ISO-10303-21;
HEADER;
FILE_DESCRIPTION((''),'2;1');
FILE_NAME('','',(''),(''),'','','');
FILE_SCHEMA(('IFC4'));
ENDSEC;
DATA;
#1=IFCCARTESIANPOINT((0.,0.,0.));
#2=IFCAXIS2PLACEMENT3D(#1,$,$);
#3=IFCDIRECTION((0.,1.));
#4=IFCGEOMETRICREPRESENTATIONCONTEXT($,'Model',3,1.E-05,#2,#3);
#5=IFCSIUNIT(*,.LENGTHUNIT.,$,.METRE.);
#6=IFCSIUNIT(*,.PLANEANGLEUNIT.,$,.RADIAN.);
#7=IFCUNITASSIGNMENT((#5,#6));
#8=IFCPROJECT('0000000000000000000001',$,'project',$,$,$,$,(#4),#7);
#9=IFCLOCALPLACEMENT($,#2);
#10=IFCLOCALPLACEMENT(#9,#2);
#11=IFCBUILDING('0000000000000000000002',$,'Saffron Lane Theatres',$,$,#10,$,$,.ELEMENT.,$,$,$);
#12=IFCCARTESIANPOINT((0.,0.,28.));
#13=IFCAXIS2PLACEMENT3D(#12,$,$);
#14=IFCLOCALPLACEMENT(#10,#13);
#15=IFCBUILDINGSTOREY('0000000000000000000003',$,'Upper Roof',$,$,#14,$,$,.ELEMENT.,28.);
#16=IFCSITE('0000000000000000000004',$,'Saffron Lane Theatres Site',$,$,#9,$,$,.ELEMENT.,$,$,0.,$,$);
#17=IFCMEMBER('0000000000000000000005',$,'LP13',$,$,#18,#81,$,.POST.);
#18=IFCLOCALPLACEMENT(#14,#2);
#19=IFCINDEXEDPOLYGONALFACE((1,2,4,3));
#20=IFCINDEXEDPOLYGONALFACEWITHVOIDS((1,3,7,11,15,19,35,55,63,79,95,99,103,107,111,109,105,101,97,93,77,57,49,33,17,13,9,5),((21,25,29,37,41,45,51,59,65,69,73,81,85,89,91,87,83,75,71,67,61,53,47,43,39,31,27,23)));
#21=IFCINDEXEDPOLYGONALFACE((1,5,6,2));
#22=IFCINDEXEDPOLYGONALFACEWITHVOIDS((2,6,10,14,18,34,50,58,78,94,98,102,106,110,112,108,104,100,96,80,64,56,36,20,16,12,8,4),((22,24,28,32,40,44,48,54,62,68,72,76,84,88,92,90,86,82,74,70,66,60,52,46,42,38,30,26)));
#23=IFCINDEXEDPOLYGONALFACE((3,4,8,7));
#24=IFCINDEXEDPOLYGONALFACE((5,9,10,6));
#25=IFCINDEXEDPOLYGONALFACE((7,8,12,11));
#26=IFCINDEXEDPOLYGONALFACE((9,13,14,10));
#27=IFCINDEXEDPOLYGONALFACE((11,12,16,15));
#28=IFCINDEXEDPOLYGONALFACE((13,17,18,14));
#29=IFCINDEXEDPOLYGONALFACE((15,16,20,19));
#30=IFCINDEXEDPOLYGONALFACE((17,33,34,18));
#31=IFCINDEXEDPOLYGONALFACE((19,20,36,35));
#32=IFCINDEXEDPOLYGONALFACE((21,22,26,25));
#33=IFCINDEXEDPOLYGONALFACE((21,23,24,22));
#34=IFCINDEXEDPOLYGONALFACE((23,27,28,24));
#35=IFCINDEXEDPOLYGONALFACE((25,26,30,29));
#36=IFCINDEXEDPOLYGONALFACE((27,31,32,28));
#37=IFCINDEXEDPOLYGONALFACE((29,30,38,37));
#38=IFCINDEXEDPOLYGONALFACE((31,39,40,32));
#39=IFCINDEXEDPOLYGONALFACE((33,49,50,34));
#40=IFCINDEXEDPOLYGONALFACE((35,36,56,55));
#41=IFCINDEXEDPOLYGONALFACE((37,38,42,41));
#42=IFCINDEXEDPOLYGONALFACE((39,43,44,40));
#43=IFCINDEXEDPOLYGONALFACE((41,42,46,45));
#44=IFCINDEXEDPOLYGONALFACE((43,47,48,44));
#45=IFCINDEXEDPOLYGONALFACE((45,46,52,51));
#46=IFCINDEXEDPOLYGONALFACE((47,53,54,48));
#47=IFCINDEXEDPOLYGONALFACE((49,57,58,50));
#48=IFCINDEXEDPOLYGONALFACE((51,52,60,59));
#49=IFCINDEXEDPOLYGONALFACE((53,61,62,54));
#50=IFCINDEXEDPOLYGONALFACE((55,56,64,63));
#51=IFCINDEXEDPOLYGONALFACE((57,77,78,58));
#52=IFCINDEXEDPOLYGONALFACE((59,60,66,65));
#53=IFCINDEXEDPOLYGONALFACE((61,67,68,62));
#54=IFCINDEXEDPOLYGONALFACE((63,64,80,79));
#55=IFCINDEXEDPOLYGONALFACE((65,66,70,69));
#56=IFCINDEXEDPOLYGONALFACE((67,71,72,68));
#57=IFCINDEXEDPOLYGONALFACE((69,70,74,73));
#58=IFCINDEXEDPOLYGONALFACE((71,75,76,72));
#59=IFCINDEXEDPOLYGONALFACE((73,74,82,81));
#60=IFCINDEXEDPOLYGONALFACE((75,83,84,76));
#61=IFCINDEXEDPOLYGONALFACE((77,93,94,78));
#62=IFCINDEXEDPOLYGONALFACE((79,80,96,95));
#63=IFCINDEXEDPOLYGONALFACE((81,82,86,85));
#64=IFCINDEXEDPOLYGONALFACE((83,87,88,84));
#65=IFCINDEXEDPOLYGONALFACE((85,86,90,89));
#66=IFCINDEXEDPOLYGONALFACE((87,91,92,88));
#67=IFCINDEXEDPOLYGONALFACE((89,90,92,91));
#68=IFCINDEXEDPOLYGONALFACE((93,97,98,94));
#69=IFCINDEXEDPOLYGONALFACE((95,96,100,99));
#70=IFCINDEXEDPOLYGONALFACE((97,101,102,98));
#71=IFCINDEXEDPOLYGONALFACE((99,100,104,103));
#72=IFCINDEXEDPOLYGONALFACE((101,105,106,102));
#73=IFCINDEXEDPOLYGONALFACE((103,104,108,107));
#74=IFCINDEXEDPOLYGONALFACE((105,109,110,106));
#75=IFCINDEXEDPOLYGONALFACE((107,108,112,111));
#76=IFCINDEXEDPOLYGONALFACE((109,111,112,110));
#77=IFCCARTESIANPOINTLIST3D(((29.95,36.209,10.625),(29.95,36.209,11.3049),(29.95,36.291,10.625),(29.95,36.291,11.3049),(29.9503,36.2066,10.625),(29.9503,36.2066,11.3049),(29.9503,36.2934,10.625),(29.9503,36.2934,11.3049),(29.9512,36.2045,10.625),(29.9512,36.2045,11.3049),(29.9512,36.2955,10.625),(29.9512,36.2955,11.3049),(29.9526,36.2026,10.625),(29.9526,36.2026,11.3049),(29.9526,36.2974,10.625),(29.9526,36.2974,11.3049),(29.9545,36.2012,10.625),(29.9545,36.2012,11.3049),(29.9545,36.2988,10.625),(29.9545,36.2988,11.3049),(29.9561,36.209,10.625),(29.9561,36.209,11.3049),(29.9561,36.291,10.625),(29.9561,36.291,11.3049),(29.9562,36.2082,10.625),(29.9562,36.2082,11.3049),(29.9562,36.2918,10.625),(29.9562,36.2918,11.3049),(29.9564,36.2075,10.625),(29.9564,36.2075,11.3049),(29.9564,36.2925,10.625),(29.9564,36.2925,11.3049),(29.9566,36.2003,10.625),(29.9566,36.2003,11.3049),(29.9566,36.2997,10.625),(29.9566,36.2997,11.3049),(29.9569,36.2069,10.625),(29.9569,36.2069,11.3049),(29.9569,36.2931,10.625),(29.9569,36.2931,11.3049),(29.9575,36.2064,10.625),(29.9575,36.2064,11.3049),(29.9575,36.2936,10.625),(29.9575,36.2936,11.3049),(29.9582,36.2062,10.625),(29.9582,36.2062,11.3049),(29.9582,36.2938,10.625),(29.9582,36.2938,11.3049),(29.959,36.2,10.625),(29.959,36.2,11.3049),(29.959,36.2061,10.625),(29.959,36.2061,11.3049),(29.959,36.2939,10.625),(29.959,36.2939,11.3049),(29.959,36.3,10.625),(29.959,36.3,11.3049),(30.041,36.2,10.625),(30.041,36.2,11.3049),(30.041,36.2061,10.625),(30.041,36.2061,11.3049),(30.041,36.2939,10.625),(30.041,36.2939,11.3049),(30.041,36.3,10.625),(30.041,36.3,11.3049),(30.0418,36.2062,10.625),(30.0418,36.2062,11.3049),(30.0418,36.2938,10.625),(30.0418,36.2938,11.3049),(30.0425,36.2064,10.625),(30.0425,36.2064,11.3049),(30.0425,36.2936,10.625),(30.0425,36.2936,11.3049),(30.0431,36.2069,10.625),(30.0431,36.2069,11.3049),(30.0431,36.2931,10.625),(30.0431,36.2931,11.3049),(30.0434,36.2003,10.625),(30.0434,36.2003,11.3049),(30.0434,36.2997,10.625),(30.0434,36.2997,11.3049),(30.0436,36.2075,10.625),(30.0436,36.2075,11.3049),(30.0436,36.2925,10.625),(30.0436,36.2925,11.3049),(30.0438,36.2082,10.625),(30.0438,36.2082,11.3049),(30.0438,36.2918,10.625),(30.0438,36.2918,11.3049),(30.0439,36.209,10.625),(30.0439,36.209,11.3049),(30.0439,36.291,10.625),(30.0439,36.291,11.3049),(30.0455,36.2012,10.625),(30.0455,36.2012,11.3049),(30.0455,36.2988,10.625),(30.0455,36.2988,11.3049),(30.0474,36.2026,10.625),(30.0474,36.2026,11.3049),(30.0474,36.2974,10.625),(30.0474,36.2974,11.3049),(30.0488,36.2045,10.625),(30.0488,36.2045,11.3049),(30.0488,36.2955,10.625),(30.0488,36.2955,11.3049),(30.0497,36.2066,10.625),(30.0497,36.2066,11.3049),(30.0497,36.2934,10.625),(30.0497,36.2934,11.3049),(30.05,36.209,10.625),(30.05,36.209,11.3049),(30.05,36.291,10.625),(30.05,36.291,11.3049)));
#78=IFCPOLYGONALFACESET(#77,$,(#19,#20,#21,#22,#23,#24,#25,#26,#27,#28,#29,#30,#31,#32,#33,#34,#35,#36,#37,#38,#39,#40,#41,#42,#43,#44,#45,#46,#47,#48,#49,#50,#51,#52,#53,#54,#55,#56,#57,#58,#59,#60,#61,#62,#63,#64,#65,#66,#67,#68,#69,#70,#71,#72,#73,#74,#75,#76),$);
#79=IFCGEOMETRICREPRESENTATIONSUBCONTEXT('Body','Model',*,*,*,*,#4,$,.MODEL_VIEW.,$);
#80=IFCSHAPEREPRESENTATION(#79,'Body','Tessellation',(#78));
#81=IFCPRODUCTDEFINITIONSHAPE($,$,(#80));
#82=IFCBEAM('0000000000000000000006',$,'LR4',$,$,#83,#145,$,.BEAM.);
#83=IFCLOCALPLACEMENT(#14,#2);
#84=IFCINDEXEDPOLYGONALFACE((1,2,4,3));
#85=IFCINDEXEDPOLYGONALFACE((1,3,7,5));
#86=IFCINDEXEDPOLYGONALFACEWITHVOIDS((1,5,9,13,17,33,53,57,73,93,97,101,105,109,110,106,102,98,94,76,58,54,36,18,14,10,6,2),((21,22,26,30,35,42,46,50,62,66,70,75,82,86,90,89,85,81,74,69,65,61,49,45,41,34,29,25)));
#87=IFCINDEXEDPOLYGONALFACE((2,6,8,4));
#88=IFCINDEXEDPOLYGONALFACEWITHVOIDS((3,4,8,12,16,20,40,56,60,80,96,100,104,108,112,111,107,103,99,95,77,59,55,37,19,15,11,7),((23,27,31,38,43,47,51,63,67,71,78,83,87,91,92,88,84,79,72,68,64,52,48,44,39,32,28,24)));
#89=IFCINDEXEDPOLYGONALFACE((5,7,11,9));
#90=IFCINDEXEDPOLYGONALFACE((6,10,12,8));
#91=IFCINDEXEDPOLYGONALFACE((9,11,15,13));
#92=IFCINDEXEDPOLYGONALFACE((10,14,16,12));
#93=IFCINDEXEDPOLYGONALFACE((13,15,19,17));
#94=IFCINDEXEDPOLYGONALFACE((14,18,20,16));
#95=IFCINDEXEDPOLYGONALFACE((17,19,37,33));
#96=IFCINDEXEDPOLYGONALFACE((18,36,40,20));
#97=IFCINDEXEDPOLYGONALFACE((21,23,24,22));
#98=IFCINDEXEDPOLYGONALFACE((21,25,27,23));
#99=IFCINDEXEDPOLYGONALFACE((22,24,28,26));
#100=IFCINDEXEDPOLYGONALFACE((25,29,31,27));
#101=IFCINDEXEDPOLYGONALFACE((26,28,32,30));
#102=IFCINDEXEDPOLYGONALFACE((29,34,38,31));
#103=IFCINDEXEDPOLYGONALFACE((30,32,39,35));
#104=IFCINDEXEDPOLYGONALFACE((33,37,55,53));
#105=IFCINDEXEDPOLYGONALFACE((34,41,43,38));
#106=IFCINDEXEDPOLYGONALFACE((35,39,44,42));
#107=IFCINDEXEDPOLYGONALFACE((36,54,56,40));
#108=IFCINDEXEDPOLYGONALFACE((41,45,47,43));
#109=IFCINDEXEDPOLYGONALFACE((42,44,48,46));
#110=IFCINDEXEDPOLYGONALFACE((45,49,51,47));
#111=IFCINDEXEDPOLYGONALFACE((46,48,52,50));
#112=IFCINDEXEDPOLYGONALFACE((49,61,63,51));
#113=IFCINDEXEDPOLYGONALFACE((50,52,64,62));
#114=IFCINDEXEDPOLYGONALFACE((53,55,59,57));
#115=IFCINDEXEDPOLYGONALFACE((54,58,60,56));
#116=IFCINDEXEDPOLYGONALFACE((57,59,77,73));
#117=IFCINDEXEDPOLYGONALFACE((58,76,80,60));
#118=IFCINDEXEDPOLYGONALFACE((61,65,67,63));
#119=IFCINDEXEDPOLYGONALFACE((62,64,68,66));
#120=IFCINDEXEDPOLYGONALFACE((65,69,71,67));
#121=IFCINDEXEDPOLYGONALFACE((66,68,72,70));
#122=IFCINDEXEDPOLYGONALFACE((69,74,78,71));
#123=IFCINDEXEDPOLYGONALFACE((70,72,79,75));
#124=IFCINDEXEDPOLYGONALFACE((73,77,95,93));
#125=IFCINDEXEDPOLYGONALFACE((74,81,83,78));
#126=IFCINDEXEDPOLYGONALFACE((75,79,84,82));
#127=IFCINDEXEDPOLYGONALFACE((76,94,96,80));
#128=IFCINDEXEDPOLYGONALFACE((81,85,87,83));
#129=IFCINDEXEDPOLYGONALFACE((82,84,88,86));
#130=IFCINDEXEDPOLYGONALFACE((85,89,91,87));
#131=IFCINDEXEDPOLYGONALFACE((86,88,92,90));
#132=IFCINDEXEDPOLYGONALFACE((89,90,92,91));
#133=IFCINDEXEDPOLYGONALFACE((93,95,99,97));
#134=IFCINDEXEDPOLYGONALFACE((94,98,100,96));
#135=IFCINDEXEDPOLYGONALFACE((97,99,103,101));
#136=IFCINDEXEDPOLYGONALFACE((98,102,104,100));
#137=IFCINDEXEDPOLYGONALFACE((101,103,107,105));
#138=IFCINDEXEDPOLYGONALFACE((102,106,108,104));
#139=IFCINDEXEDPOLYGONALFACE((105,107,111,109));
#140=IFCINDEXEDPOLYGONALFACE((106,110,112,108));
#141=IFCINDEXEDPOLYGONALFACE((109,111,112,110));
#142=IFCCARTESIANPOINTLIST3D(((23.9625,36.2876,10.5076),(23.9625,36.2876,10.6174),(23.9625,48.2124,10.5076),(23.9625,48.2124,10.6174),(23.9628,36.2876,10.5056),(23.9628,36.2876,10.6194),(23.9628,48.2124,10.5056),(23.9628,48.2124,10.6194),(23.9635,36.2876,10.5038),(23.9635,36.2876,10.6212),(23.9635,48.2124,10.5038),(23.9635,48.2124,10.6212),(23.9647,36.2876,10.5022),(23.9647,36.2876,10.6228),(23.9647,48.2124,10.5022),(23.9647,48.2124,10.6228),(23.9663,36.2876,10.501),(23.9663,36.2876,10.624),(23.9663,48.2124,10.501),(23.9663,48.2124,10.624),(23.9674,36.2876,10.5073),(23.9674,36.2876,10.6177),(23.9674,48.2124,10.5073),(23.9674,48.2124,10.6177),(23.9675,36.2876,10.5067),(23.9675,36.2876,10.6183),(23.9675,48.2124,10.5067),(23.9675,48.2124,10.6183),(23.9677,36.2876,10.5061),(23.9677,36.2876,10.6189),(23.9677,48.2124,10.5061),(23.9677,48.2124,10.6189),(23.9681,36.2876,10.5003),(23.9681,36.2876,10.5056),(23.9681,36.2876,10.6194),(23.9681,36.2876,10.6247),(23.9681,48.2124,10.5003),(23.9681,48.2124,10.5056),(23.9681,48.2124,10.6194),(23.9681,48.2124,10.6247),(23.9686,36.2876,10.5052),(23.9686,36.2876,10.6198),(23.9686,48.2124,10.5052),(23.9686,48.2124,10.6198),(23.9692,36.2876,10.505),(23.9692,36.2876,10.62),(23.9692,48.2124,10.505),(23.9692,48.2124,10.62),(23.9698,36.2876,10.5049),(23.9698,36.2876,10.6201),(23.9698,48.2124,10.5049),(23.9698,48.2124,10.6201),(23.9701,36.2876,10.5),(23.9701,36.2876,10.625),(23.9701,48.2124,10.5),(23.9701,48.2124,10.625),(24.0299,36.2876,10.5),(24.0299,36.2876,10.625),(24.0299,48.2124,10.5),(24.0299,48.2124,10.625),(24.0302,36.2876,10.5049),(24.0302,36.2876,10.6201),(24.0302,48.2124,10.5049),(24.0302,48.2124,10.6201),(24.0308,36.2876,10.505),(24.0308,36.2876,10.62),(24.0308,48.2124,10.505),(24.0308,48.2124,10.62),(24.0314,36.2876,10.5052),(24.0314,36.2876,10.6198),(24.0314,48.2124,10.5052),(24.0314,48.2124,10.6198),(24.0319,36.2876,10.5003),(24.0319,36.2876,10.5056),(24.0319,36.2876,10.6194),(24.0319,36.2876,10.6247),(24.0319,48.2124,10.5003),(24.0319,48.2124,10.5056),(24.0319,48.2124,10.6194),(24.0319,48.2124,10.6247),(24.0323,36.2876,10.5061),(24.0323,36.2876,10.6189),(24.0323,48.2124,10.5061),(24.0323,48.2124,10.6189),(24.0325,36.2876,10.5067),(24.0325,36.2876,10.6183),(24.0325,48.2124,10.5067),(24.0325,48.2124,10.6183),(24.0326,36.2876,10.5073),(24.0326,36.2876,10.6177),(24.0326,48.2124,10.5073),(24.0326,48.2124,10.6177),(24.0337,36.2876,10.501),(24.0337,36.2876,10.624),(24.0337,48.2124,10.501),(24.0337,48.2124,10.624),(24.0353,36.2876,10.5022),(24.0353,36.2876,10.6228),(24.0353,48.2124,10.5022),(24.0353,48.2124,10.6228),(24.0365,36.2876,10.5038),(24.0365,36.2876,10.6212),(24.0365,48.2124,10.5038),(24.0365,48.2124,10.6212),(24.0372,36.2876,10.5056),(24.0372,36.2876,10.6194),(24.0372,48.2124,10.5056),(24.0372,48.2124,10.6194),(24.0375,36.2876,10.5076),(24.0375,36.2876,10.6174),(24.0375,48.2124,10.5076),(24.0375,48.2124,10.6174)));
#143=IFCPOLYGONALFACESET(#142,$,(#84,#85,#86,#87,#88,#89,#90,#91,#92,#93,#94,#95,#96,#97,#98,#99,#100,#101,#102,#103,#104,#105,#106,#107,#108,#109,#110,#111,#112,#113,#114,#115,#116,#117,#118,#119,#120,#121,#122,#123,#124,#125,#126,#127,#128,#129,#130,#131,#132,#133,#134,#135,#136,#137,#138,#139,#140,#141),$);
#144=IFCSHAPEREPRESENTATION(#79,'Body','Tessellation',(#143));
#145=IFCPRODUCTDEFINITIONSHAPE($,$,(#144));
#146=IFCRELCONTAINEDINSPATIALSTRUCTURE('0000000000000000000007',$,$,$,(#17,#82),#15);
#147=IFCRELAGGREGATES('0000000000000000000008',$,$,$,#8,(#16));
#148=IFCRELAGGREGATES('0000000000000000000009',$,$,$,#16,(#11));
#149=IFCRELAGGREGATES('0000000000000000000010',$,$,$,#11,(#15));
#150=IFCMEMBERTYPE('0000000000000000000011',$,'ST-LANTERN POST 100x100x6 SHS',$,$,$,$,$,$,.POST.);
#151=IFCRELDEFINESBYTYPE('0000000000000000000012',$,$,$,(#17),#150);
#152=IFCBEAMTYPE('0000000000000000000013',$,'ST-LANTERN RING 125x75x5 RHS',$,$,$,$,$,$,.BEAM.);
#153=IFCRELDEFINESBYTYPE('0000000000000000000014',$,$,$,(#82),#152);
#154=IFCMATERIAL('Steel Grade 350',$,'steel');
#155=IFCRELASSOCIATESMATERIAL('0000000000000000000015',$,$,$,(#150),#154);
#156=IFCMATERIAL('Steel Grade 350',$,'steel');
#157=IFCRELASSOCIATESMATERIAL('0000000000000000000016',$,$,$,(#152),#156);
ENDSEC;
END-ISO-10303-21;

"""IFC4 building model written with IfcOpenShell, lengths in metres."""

from ifc_helpers import new_model, si_unit, direction, frame, origin, origin_2d, place, context, subcontext, project, spatial, hollow_rectangle, extrude, material, material_profile, profile_set, type_object, element, save


model = new_model("IFC4")

# Units and contexts
model_context = context("Model", 3, precision=1e-05, world=origin(), true_north=direction((0.0, 1.0)))
body_context = subcontext(model_context, "Body", "Model", "MODEL_VIEW")
ifc_project = project(units=[si_unit("LENGTHUNIT", "METRE"), si_unit("PLANEANGLEUNIT", "RADIAN")], contexts=[model_context])

# Site, building, storey
site_placement = place(None, origin())
site = spatial("IfcSite", under=ifc_project, at=site_placement, Name="Saffron Lane Theatres Site", CompositionType="ELEMENT", RefElevation=0.0)
building_placement = place(site_placement, origin())
building = spatial("IfcBuilding", under=site, at=building_placement, Name="Saffron Lane Theatres", CompositionType="ELEMENT")
storey_placement = place(building_placement, frame((0.0, 0.0, 28.0)))
storey = spatial("IfcBuildingStorey", under=building, at=storey_placement, Name="Upper Roof", CompositionType="ELEMENT", Elevation=28.0)

# Member
ifc_material_1 = material(Name="Steel Grade 350", Category="steel")
ifc_material_profile_1 = material_profile(ifc_material_1, hollow_rectangle(XDim=0.1001, YDim=0.1001, WallThickness=0.0061, InnerFilletRadius=0.0029, OuterFilletRadius=0.009, at=origin_2d()))
ifc_profile_set_1 = profile_set([ifc_material_profile_1], Name="Steel Grade 350")
member_type_1 = type_object("IfcMemberType", Name="ST-LANTERN POST 100x100x6 SHS", PredefinedType="POST", material=ifc_profile_set_1)
member_placement = place(storey_placement, frame((30.0, 36.25, 10.625), z_axis=(0.0, 0.0, 1.0), x_axis=(1.0, 0.0, 0.0)))
element("IfcMember", 1, at=member_placement, inside=storey, type_object=member_type_1, Name="LP13", PredefinedType="POST", context=body_context, shape_type="SweptSolid", body=[
    extrude(hollow_rectangle(XDim=0.1001, YDim=0.1001, WallThickness=0.0061, InnerFilletRadius=0.0029, OuterFilletRadius=0.009, at=origin_2d()), origin(), (0.0, 0.0, 1.0), 0.6799),
])

# Beam
ifc_material_2 = material(Name="Steel Grade 350", Category="steel")
ifc_material_profile_2 = material_profile(ifc_material_2, hollow_rectangle(XDim=0.075, YDim=0.125, WallThickness=0.0049, InnerFilletRadius=0.0024, OuterFilletRadius=0.0076, at=origin_2d()))
ifc_profile_set_2 = profile_set([ifc_material_profile_2], Name="Steel Grade 350")
beam_type_1 = type_object("IfcBeamType", Name="ST-LANTERN RING 125x75x5 RHS", PredefinedType="BEAM", material=ifc_profile_set_2)
for number, where, z_axis, x_axis, name in (
    (2, (24.0, 36.2876, 10.5625), (0.0, 1.0, 0.0), (-1.0, 0.0, 0.0), "LR4"),
):
    element("IfcBeam", number, at=place(storey_placement, frame(where, z_axis=z_axis, x_axis=x_axis)), inside=storey, type_object=beam_type_1, Name=name, PredefinedType="BEAM", context=body_context, shape_type="SweptSolid", body=[
        extrude(hollow_rectangle(XDim=0.075, YDim=0.125, WallThickness=0.0049, InnerFilletRadius=0.0024, OuterFilletRadius=0.0076, at=origin_2d()), origin(), (0.0, 0.0, 1.0), 11.9248),
    ])

save(model, "model.ifc")
